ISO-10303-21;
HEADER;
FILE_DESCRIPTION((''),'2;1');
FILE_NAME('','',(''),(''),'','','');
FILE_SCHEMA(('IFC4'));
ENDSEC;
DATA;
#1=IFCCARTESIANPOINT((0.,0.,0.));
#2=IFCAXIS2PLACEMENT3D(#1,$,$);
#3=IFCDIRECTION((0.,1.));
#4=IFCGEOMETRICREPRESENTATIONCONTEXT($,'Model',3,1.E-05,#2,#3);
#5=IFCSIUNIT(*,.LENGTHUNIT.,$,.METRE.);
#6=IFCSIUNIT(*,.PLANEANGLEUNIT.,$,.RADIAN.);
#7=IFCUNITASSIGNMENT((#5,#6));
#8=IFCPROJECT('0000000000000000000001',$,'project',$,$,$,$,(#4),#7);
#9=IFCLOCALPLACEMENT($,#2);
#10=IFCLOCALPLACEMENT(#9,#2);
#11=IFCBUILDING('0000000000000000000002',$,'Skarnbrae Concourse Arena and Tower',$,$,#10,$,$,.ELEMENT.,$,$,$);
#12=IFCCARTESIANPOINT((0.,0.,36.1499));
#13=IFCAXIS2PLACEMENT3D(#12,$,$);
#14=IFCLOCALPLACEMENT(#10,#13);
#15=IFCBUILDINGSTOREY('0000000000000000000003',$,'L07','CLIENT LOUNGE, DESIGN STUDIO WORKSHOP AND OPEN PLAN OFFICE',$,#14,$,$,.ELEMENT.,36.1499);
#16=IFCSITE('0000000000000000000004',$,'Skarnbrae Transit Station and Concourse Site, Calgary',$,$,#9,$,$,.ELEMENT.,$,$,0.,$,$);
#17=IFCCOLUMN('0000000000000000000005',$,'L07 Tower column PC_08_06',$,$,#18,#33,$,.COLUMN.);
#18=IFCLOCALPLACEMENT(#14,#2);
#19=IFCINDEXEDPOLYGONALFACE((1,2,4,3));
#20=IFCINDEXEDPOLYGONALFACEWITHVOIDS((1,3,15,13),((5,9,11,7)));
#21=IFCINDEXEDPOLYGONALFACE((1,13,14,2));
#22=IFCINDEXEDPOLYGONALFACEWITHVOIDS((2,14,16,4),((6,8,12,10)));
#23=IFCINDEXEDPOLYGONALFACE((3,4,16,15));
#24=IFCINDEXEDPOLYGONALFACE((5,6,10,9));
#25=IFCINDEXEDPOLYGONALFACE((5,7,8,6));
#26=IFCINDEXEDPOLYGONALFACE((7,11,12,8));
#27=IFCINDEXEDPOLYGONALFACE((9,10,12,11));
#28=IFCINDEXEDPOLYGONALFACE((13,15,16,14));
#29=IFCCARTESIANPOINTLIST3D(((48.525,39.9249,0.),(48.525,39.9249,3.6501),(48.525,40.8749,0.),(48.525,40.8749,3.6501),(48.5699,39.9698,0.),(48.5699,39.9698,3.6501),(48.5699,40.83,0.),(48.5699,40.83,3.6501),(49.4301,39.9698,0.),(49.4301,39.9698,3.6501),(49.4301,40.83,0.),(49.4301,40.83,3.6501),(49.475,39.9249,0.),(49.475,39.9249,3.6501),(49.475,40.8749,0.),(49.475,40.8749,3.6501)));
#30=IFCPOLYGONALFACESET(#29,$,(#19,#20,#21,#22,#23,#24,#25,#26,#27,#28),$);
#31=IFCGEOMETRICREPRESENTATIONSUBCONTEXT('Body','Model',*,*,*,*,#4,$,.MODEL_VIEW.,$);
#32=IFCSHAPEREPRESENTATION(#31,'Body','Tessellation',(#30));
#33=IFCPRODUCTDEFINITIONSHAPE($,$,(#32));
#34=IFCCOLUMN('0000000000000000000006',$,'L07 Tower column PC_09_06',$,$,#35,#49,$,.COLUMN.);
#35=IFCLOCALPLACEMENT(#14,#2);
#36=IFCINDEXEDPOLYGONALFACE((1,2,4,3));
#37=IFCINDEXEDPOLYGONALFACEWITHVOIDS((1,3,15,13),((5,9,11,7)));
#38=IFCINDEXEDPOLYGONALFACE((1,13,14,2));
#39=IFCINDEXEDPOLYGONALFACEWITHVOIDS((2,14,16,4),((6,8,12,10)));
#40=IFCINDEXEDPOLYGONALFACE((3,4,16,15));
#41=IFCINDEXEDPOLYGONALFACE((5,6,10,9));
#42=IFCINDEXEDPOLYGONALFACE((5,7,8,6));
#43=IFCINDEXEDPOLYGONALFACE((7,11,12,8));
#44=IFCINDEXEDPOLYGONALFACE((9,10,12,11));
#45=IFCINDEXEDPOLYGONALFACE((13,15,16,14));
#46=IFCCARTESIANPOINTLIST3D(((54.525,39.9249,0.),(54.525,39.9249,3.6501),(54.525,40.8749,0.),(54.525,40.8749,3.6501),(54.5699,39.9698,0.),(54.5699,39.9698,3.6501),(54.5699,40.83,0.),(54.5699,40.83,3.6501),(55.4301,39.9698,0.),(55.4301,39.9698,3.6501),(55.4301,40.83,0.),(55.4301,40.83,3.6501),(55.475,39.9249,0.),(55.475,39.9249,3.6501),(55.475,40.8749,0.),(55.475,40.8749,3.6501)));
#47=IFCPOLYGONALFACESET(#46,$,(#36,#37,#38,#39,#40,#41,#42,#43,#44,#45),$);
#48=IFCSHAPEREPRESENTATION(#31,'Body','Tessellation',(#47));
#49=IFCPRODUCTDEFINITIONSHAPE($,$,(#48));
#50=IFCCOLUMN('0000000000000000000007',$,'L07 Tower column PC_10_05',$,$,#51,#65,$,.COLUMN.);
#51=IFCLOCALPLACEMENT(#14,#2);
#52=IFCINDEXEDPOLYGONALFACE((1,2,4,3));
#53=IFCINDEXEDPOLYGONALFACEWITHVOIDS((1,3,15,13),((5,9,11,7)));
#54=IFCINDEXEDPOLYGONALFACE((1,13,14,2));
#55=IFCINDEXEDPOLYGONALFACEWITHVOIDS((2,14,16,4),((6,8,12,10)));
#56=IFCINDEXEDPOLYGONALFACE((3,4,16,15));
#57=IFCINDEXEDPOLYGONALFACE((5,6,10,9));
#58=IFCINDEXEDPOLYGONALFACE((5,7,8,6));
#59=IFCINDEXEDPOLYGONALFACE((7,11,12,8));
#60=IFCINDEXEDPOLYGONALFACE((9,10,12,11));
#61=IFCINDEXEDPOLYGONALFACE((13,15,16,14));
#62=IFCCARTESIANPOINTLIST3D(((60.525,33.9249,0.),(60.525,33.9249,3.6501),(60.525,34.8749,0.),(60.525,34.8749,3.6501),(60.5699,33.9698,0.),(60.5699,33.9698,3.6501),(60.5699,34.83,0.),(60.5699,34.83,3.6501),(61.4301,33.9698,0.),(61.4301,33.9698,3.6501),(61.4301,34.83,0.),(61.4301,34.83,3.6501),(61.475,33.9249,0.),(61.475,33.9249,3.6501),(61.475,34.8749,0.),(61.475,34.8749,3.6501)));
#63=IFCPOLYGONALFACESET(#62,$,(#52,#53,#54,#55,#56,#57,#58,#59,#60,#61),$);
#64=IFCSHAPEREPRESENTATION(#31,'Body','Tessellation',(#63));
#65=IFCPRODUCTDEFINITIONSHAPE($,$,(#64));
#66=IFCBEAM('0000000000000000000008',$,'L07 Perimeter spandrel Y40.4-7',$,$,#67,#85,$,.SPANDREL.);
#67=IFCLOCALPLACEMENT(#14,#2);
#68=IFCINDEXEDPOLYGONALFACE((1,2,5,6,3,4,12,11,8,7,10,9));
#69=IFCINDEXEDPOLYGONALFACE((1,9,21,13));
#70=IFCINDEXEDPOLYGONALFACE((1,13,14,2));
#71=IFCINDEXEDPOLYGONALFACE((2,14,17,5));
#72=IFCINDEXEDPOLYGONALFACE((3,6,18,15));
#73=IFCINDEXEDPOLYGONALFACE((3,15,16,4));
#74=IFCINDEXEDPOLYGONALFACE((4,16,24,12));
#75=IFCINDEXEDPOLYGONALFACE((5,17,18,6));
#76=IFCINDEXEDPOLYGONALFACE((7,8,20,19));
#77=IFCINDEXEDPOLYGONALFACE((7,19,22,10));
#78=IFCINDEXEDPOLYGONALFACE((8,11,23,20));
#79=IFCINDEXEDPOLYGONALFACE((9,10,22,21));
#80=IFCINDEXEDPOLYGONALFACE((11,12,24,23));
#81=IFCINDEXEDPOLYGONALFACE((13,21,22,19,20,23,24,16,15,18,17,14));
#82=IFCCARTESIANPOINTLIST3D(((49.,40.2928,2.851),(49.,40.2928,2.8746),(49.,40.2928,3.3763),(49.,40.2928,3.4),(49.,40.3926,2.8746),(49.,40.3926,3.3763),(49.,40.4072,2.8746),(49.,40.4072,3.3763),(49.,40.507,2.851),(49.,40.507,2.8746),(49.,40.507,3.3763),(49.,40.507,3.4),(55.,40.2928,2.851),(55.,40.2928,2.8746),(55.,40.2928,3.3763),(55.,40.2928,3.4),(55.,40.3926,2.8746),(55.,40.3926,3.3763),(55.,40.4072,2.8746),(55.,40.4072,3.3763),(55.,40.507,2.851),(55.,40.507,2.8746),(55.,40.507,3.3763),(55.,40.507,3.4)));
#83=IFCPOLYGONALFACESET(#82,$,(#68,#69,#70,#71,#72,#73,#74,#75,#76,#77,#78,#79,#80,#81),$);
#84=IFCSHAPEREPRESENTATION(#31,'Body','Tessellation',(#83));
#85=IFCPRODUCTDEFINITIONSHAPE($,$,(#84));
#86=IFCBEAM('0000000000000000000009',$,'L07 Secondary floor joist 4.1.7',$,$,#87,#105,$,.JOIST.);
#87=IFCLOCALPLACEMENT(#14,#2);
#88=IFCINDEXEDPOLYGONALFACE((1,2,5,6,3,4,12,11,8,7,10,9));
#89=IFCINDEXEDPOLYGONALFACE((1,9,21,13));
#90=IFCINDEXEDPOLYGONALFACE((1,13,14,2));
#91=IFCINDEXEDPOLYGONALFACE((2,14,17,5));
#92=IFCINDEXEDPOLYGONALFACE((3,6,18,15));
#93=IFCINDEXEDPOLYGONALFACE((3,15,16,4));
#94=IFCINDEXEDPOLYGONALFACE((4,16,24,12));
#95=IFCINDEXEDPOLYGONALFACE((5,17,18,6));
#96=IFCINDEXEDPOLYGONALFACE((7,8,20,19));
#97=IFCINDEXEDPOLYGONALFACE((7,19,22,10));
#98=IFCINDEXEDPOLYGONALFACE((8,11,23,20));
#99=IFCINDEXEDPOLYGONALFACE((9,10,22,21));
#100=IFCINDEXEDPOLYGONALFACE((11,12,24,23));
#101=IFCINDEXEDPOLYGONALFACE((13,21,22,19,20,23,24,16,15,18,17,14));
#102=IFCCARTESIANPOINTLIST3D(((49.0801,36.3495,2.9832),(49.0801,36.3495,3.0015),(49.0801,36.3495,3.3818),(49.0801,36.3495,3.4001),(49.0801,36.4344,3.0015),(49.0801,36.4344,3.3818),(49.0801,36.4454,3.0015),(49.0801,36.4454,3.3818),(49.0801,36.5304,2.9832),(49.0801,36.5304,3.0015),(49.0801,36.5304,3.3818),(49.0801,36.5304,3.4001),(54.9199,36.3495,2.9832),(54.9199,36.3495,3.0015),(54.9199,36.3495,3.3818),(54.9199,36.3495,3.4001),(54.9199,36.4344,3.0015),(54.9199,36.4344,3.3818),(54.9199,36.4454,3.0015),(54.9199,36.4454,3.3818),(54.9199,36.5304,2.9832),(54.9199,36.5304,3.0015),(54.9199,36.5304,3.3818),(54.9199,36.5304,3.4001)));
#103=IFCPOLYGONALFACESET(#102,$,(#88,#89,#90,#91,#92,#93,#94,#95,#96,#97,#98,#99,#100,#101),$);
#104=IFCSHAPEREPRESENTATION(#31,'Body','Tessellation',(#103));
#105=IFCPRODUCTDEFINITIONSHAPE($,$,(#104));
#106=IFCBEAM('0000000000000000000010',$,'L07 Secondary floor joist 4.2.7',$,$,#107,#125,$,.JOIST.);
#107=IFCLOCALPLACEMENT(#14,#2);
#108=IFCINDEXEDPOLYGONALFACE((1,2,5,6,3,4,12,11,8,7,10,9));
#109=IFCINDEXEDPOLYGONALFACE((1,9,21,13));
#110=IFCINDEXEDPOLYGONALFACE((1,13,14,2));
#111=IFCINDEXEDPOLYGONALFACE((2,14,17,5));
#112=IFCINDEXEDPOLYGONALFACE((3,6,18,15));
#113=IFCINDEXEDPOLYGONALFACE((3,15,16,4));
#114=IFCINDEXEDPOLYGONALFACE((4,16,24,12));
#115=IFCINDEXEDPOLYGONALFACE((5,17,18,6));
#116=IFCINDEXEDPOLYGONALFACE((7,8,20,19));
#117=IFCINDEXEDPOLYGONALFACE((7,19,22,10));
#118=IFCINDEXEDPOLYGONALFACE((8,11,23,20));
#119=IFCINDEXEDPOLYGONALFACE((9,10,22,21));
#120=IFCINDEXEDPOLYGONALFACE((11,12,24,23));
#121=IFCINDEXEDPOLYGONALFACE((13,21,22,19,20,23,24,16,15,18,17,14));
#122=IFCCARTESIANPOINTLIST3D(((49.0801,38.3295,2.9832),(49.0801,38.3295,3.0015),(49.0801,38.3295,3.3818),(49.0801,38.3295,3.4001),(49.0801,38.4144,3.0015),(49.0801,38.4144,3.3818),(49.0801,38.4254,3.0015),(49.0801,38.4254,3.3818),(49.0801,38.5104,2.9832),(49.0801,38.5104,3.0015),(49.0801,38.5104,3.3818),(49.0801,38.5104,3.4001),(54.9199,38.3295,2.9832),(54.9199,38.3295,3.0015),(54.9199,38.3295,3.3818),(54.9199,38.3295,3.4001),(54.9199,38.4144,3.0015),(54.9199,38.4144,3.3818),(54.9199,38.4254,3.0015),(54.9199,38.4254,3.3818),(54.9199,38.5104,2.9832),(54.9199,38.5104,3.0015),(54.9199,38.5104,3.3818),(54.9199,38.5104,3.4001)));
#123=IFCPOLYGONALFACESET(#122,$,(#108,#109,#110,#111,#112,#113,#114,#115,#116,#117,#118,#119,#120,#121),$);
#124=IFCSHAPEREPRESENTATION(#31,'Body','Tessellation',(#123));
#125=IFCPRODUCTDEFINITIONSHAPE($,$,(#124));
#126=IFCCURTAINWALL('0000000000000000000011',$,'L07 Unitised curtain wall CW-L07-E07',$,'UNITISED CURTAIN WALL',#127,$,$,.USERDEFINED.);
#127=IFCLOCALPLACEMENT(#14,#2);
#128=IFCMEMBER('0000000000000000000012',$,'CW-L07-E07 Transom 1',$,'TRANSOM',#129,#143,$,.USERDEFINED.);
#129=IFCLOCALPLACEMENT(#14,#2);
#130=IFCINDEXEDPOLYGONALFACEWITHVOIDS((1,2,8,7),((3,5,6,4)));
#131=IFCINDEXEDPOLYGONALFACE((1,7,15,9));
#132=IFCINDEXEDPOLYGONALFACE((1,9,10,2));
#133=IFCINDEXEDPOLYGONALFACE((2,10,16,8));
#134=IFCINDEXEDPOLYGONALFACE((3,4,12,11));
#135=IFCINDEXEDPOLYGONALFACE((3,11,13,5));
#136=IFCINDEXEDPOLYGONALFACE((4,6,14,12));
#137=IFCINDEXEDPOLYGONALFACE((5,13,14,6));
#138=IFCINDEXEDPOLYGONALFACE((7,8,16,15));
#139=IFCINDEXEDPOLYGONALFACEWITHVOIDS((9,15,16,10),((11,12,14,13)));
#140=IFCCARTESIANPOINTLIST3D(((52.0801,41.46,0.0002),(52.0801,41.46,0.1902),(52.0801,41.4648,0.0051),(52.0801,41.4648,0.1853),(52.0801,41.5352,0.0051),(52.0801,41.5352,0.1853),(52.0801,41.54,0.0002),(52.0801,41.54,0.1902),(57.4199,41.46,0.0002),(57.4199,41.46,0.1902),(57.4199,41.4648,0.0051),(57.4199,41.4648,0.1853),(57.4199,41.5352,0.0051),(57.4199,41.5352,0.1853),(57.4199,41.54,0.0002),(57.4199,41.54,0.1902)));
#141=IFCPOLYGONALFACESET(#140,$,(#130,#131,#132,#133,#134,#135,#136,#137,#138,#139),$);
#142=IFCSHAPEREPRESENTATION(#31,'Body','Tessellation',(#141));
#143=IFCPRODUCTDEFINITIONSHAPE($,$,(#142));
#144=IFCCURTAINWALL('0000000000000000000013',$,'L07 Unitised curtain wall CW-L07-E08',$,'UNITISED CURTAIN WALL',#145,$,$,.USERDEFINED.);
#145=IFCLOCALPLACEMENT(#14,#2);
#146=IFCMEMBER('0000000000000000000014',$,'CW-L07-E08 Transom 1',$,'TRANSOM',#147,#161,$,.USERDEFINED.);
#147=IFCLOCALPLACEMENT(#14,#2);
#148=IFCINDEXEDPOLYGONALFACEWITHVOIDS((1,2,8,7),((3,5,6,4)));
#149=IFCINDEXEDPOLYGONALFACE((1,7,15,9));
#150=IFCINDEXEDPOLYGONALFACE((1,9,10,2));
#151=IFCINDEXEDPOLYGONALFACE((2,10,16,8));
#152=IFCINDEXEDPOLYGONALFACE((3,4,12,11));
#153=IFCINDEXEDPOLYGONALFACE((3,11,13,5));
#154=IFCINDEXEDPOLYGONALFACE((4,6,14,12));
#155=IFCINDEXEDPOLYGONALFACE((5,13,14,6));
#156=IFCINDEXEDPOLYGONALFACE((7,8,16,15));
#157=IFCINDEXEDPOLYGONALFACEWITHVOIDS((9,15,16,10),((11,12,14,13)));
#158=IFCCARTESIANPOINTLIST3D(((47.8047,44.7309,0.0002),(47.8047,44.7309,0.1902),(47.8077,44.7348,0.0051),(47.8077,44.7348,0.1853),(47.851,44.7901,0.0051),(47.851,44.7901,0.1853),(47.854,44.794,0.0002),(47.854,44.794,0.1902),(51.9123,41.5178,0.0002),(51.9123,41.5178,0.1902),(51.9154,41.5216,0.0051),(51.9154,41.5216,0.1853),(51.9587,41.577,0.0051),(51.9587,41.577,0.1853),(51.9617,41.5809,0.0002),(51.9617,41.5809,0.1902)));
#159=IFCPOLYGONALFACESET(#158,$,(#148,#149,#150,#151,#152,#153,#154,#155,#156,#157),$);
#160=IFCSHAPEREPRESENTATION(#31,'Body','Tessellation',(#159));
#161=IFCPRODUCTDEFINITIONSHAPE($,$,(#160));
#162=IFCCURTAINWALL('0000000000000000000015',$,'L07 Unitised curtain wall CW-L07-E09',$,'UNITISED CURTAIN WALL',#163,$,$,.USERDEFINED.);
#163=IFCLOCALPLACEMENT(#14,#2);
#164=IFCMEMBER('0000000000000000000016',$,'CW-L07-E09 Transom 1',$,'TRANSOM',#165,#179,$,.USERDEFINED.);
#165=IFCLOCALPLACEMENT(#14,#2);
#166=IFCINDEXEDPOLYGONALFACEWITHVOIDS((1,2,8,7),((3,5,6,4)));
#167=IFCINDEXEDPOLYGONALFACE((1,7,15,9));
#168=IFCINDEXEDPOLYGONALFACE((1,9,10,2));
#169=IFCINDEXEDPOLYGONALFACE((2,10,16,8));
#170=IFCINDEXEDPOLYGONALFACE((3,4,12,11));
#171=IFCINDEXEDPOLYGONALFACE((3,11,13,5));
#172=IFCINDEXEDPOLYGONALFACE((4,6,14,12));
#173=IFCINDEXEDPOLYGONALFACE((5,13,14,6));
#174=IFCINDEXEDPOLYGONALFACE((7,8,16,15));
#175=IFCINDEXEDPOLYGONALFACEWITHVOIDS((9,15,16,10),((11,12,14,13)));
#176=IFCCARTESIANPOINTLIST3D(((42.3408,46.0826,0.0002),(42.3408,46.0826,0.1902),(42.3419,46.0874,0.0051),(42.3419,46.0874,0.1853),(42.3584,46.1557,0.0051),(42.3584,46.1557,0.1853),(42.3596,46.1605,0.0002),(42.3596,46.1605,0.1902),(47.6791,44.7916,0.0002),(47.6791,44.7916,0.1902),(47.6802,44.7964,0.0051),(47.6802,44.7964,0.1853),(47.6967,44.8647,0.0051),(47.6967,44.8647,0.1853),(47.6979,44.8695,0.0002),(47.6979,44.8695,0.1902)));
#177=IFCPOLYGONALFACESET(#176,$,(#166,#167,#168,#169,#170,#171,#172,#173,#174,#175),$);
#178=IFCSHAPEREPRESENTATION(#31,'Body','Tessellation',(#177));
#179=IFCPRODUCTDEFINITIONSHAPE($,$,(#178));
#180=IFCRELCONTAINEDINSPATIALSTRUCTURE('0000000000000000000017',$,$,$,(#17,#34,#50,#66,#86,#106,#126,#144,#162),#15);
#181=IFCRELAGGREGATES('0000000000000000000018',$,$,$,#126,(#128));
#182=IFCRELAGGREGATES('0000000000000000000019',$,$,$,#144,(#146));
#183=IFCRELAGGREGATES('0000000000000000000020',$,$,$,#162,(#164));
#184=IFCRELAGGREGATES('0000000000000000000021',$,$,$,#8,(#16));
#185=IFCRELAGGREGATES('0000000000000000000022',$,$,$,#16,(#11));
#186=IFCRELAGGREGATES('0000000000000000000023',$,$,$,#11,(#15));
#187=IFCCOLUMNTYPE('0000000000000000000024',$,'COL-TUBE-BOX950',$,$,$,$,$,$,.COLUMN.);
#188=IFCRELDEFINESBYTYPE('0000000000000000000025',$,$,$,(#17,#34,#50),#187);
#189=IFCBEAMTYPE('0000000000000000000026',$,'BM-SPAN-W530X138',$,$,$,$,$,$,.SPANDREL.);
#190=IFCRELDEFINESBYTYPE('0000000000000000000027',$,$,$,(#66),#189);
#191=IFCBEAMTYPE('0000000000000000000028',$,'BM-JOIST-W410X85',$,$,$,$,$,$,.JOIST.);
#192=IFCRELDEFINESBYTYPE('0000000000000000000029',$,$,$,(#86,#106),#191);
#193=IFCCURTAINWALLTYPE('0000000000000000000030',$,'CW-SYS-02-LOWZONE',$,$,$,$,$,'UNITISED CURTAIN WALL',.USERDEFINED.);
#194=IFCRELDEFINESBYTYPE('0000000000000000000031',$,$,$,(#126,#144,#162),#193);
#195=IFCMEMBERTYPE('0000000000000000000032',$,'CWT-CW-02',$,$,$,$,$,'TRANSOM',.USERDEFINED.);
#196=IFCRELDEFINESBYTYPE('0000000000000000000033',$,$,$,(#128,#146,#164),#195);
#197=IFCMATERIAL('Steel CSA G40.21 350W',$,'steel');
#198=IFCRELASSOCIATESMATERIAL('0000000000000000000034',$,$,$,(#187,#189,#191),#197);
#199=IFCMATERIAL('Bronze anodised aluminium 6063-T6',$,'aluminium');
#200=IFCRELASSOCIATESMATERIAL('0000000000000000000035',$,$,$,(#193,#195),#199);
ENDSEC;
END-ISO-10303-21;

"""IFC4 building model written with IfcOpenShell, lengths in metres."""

from ifc_helpers import new_model, si_unit, direction, frame, origin, origin_2d, place, context, subcontext, project, spatial, hollow_rectangle, i_section, extrude, source, transform, mapped, material, material_profile, profile_set, type_object, element, aggregate, save


model = new_model("IFC4")

# Units and contexts
model_context = context("Model", 3, precision=1e-05, world=origin(), true_north=direction((0.0, 1.0)))
body_context = subcontext(model_context, "Body", "Model", "MODEL_VIEW")
ifc_project = project(units=[si_unit("LENGTHUNIT", "METRE"), si_unit("PLANEANGLEUNIT", "RADIAN")], contexts=[model_context])

# Site, building, storey
site_placement = place(None, origin())
site = spatial("IfcSite", under=ifc_project, at=site_placement, Name="Skarnbrae Transit Station and Concourse Site, Calgary", CompositionType="ELEMENT", RefElevation=0.0)
building_placement = place(site_placement, origin())
building = spatial("IfcBuilding", under=site, at=building_placement, Name="Skarnbrae Concourse Arena and Tower", CompositionType="ELEMENT")
storey_placement = place(building_placement, frame((0.0, 0.0, 36.1499)))
storey = spatial("IfcBuildingStorey", under=building, at=storey_placement, Name="L07", Description="CLIENT LOUNGE, DESIGN STUDIO WORKSHOP AND OPEN PLAN OFFICE", CompositionType="ELEMENT", Elevation=36.1499)

# Columns
ifc_material_1 = material(Name="Steel CSA G40.21 350W", Category="steel")
ifc_material_profile_1 = material_profile(ifc_material_1, hollow_rectangle(XDim=0.95, YDim=0.95, WallThickness=0.0449, at=origin_2d()), Name="BOX950X950X45")
ifc_profile_set_1 = profile_set([ifc_material_profile_1], Name="Steel CSA G40.21 350W")
column_type = type_object("IfcColumnType", Name="COL-TUBE-BOX950", PredefinedType="COLUMN", material=ifc_profile_set_1)
shared_shape_1 = source(origin(), body_context, "Body", "SweptSolid", [
    extrude(hollow_rectangle(XDim=0.95, YDim=0.95, WallThickness=0.0449, at=origin_2d()), origin(), (0.0, 0.0, 1.0), 3.6501),
])
for number, where, z_axis, x_axis, name in (
    (1, (49.0, 40.3999, 0.0), (0.0, 0.0, 1.0), (1.0, 0.0, 0.0), "L07 Tower column PC_08_06"),
    (2, (55.0, 40.3999, 0.0), (0.0, 0.0, 1.0), (1.0, 0.0, 0.0), "L07 Tower column PC_09_06"),
    (3, (61.0, 34.3999, 0.0), (0.0, 0.0, 1.0), (1.0, 0.0, 0.0), "L07 Tower column PC_10_05"),
):
    element("IfcColumn", number, at=place(storey_placement, frame(where, z_axis=z_axis, x_axis=x_axis)), inside=storey, type_object=column_type, Name=name, PredefinedType="COLUMN", context=body_context, shape_type="MappedRepresentation", body=[
        mapped(shared_shape_1, transform((0.0, 0.0, 0.0))),
    ])

# Beams
ifc_material_profile_2 = material_profile(ifc_material_1, i_section(OverallWidth=0.2141, OverallDepth=0.5491, WebThickness=0.0146, FlangeThickness=0.0237, at=origin_2d()), Name="W530X138")
ifc_profile_set_2 = profile_set([ifc_material_profile_2], Name="Steel CSA G40.21 350W")
beam_type_1 = type_object("IfcBeamType", Name="BM-SPAN-W530X138", PredefinedType="SPANDREL", material=ifc_profile_set_2)
shared_shape_2 = source(origin(), body_context, "Body", "SweptSolid", [
    extrude(i_section(OverallWidth=0.2141, OverallDepth=0.5491, WebThickness=0.0146, FlangeThickness=0.0237, at=origin_2d()), origin(), (0.0, 0.0, 1.0), 6.0),
])
beam_placement = place(storey_placement, frame((49.0, 40.3999, 3.1255), z_axis=(1.0, 0.0, 0.0), x_axis=(0.0, 1.0, 0.0)))
element("IfcBeam", 4, at=beam_placement, inside=storey, type_object=beam_type_1, Name="L07 Perimeter spandrel Y40.4-7", PredefinedType="SPANDREL", context=body_context, shape_type="MappedRepresentation", body=[
    mapped(shared_shape_2, transform((0.0, 0.0, 0.0))),
])
ifc_material_profile_3 = material_profile(ifc_material_1, i_section(OverallWidth=0.1809, OverallDepth=0.417, WebThickness=0.011, FlangeThickness=0.0183, at=origin_2d()), Name="W410X85")
ifc_profile_set_3 = profile_set([ifc_material_profile_3], Name="Steel CSA G40.21 350W")
beam_type_2 = type_object("IfcBeamType", Name="BM-JOIST-W410X85", PredefinedType="JOIST", material=ifc_profile_set_3)
shared_shape_3 = source(origin(), body_context, "Body", "SweptSolid", [
    extrude(i_section(OverallWidth=0.1809, OverallDepth=0.417, WebThickness=0.011, FlangeThickness=0.0183, at=origin_2d()), origin(), (0.0, 0.0, 1.0), 5.8398),
])
for number, where, z_axis, x_axis, name in (
    (5, (49.0801, 36.4399, 3.1917), (1.0, 0.0, 0.0), (0.0, 1.0, 0.0), "L07 Secondary floor joist 4.1.7"),
    (6, (49.0801, 38.4199, 3.1917), (1.0, 0.0, 0.0), (0.0, 1.0, 0.0), "L07 Secondary floor joist 4.2.7"),
):
    element("IfcBeam", number, at=place(storey_placement, frame(where, z_axis=z_axis, x_axis=x_axis)), inside=storey, type_object=beam_type_2, Name=name, PredefinedType="JOIST", context=body_context, shape_type="MappedRepresentation", body=[
        mapped(shared_shape_3, transform((0.0, 0.0, 0.0))),
    ])

# Curtain walls, members
ifc_material_2 = material(Name="Bronze anodised aluminium 6063-T6", Category="aluminium")
curtain_wall_type = type_object("IfcCurtainWallType", Name="CW-SYS-02-LOWZONE", ElementType="UNITISED CURTAIN WALL", PredefinedType="USERDEFINED", material=ifc_material_2)
curtain_wall_1_placement = place(storey_placement, origin())
curtain_wall_1 = element("IfcCurtainWall", 7, at=curtain_wall_1_placement, inside=storey, type_object=curtain_wall_type, Name="L07 Unitised curtain wall CW-L07-E07", ObjectType="UNITISED CURTAIN WALL", PredefinedType="USERDEFINED")
ifc_material_profile_4 = material_profile(ifc_material_2, hollow_rectangle(XDim=0.0801, YDim=0.1899, WallThickness=0.0049, at=origin_2d()), Name="ALU-TRAN-80X190")
ifc_profile_set_4 = profile_set([ifc_material_profile_4], Name="Bronze anodised aluminium 6063-T6")
member_type_1 = type_object("IfcMemberType", Name="CWT-CW-02", ElementType="TRANSOM", PredefinedType="USERDEFINED", material=ifc_profile_set_4)
shared_shape_4 = source(origin(), body_context, "Body", "SweptSolid", [
    extrude(hollow_rectangle(XDim=0.0801, YDim=0.1899, WallThickness=0.0049, at=origin_2d()), origin(), (0.0, 0.0, 1.0), 5.3398),
])
member_1_placement = place(storey_placement, frame((57.4199, 41.5, 0.0952), z_axis=(-1.0, 0.0, 0.0), x_axis=(0.0, -1.0, 0.0)))
member_1 = element("IfcMember", 8, at=member_1_placement, type_object=member_type_1, Name="CW-L07-E07 Transom 1", ObjectType="TRANSOM", PredefinedType="USERDEFINED", context=body_context, shape_type="MappedRepresentation", body=[
    mapped(shared_shape_4, transform((0.0, 0.0, 0.0))),
])
curtain_wall_2_placement = place(storey_placement, origin())
curtain_wall_2 = element("IfcCurtainWall", 9, at=curtain_wall_2_placement, inside=storey, type_object=curtain_wall_type, Name="L07 Unitised curtain wall CW-L07-E08", ObjectType="UNITISED CURTAIN WALL", PredefinedType="USERDEFINED")
shared_shape_5 = source(origin(), body_context, "Body", "SweptSolid", [
    extrude(hollow_rectangle(XDim=0.0801, YDim=0.1899, WallThickness=0.0049, at=origin_2d()), origin(), (0.0, 0.0, 1.0), 5.2151),
])
member_2_placement = place(storey_placement, frame((51.937, 41.5493, 0.0952), z_axis=(-0.78765, 0.616123, 0.0), x_axis=(-0.616123, -0.78765, 0.0)))
member_2 = element("IfcMember", 10, at=member_2_placement, type_object=member_type_1, Name="CW-L07-E08 Transom 1", ObjectType="TRANSOM", PredefinedType="USERDEFINED", context=body_context, shape_type="MappedRepresentation", body=[
    mapped(shared_shape_5, transform((0.0, 0.0, 0.0))),
])
curtain_wall_3_placement = place(storey_placement, origin())
curtain_wall_3 = element("IfcCurtainWall", 11, at=curtain_wall_3_placement, inside=storey, type_object=curtain_wall_type, Name="L07 Unitised curtain wall CW-L07-E09", ObjectType="UNITISED CURTAIN WALL", PredefinedType="USERDEFINED")
shared_shape_6 = source(origin(), body_context, "Body", "SweptSolid", [
    extrude(hollow_rectangle(XDim=0.0801, YDim=0.1899, WallThickness=0.0049, at=origin_2d()), origin(), (0.0, 0.0, 1.0), 5.4922),
])
member_3_placement = place(storey_placement, frame((47.6885, 44.8306, 0.0952), z_axis=(-0.971981, 0.235061, 0.0), x_axis=(-0.235061, -0.971981, 0.0)))
member_3 = element("IfcMember", 12, at=member_3_placement, type_object=member_type_1, Name="CW-L07-E09 Transom 1", ObjectType="TRANSOM", PredefinedType="USERDEFINED", context=body_context, shape_type="MappedRepresentation", body=[
    mapped(shared_shape_6, transform((0.0, 0.0, 0.0))),
])

aggregate(curtain_wall_1, [member_1])
aggregate(curtain_wall_2, [member_2])
aggregate(curtain_wall_3, [member_3])

save(model, "model.ifc")
